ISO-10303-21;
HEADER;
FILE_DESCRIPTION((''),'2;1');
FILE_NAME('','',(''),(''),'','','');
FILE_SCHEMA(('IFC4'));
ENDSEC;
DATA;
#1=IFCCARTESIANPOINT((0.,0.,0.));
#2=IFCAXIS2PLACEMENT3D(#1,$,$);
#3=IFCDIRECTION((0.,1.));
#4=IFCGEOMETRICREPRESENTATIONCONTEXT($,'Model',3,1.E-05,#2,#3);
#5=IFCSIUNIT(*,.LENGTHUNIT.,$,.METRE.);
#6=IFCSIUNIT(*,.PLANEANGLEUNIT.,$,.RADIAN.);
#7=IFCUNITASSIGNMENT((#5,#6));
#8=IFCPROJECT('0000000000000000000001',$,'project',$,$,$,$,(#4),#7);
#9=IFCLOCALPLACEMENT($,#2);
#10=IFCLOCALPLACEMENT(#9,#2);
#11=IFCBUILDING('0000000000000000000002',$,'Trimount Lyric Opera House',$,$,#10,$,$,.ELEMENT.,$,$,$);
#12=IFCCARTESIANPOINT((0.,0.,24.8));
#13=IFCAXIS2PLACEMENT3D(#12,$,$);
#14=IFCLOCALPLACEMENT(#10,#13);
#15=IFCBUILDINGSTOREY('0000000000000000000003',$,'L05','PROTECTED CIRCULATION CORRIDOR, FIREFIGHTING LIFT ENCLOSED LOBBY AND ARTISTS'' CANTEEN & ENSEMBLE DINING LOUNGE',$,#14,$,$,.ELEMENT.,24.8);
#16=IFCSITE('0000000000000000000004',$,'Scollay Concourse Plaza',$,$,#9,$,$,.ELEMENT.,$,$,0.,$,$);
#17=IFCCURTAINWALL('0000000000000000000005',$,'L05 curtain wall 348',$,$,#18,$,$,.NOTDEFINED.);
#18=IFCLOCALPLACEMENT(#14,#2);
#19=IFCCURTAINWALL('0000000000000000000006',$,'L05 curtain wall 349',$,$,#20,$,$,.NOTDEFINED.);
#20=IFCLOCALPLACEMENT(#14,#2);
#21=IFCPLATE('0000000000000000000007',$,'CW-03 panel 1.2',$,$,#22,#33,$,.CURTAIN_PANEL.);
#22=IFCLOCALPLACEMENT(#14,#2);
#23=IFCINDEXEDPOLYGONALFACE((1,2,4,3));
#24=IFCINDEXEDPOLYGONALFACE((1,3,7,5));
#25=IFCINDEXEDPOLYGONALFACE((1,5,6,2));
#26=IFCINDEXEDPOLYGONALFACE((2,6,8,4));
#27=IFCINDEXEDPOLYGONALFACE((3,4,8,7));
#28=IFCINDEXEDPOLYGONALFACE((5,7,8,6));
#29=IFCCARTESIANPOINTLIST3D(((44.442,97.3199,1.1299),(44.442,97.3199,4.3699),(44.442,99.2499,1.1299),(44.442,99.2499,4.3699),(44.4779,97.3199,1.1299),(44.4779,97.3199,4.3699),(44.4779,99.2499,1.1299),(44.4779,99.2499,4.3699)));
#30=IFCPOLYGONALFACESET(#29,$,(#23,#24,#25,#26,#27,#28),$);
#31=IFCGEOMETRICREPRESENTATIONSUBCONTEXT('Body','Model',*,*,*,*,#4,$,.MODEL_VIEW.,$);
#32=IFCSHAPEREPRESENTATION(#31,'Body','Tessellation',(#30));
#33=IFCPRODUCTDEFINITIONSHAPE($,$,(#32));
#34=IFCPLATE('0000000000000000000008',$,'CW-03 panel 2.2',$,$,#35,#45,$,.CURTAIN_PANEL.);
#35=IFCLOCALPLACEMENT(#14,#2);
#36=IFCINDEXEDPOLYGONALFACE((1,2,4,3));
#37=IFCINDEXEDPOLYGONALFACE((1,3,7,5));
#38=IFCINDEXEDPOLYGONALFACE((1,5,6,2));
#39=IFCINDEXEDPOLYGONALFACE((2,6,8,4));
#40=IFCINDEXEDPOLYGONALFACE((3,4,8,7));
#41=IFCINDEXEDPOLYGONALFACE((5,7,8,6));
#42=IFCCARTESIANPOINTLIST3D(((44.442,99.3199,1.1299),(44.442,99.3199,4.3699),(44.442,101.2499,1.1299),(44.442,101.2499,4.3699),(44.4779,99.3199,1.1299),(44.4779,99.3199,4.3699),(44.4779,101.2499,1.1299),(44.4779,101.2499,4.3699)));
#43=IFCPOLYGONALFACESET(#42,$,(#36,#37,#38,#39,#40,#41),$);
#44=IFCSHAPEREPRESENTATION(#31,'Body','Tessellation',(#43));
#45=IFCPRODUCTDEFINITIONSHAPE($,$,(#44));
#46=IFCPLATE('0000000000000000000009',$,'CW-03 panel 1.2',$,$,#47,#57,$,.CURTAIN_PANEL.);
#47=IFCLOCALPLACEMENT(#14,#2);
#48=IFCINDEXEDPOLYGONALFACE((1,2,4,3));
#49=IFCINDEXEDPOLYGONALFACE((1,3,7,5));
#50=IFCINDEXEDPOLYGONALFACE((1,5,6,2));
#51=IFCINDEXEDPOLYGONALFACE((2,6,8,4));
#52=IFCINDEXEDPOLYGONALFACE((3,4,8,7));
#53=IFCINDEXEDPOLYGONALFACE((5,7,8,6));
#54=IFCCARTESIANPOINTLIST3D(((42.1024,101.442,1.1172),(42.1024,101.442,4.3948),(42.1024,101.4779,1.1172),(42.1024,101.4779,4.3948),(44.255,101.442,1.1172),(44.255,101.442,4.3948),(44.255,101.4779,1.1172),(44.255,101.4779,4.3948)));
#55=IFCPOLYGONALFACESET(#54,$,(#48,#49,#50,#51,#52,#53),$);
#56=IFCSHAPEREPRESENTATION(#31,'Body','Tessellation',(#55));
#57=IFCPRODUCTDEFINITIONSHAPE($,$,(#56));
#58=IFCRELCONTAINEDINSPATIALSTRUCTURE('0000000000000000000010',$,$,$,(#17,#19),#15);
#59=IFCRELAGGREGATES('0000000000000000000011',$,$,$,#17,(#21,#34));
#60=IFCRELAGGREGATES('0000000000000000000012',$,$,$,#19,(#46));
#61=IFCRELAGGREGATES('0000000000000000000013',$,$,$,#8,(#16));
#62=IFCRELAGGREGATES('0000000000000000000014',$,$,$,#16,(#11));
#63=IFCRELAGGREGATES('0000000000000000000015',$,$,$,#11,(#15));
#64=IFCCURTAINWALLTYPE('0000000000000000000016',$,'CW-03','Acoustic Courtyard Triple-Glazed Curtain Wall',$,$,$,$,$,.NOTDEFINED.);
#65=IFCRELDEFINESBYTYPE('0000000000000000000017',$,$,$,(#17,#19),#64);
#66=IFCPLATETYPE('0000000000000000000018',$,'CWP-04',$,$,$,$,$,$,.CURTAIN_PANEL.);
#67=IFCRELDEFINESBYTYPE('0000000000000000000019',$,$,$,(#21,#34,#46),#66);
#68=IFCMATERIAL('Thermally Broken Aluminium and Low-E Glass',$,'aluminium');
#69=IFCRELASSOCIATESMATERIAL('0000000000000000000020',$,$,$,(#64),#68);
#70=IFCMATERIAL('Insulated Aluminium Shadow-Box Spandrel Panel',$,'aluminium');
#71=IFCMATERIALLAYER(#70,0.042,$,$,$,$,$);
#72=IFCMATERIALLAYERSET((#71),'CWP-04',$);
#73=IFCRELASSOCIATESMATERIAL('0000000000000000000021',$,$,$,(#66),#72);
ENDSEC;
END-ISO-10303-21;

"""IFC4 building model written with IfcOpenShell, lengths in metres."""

from ifc_helpers import new_model, si_unit, direction, frame, origin, origin_2d, place, context, subcontext, project, spatial, rectangle, extrude, material, layer, layer_set, type_object, element, aggregate, save


model = new_model("IFC4")

# Units and contexts
model_context = context("Model", 3, precision=1e-05, world=origin(), true_north=direction((0.0, 1.0)))
body_context = subcontext(model_context, "Body", "Model", "MODEL_VIEW")
ifc_project = project(units=[si_unit("LENGTHUNIT", "METRE"), si_unit("PLANEANGLEUNIT", "RADIAN")], contexts=[model_context])

# Site, building, storey
site_placement = place(None, origin())
site = spatial("IfcSite", under=ifc_project, at=site_placement, Name="Scollay Concourse Plaza", CompositionType="ELEMENT", RefElevation=0.0)
building_placement = place(site_placement, origin())
building = spatial("IfcBuilding", under=site, at=building_placement, Name="Trimount Lyric Opera House", CompositionType="ELEMENT")
storey_placement = place(building_placement, frame((0.0, 0.0, 24.8)))
storey = spatial("IfcBuildingStorey", under=building, at=storey_placement, Name="L05", Description="PROTECTED CIRCULATION CORRIDOR, FIREFIGHTING LIFT ENCLOSED LOBBY AND ARTISTS' CANTEEN & ENSEMBLE DINING LOUNGE", CompositionType="ELEMENT", Elevation=24.8)

# Curtain walls
ifc_material_1 = material(Name="Thermally Broken Aluminium and Low-E Glass", Category="aluminium")
curtain_wall_type = type_object("IfcCurtainWallType", Name="CW-03", Description="Acoustic Courtyard Triple-Glazed Curtain Wall", PredefinedType="NOTDEFINED", material=ifc_material_1)
curtain_wall_1_placement = place(storey_placement, origin())
curtain_wall_1 = element("IfcCurtainWall", 1, at=curtain_wall_1_placement, inside=storey, type_object=curtain_wall_type, Name="L05 curtain wall 348", PredefinedType="NOTDEFINED")
curtain_wall_2_placement = place(storey_placement, origin())
curtain_wall_2 = element("IfcCurtainWall", 2, at=curtain_wall_2_placement, inside=storey, type_object=curtain_wall_type, Name="L05 curtain wall 349", PredefinedType="NOTDEFINED")

# Plates
ifc_material_2 = material(Name="Insulated Aluminium Shadow-Box Spandrel Panel", Category="aluminium")
ifc_layer_1 = layer(ifc_material_2, 0.042)
ifc_layer_set_1 = layer_set([ifc_layer_1], Name="CWP-04")
plate_type_1 = type_object("IfcPlateType", Name="CWP-04", PredefinedType="CURTAIN_PANEL", material=ifc_layer_set_1)
plate_1_placement = place(storey_placement, frame((44.46, 98.2849, 1.1299), z_axis=(0.0, 0.0, 1.0), x_axis=(0.0, 1.0, 0.0)))
plate_1 = element("IfcPlate", 3, at=plate_1_placement, type_object=plate_type_1, Name="CW-03 panel 1.2", PredefinedType="CURTAIN_PANEL", context=body_context, shape_type="SweptSolid", body=[
    extrude(rectangle(XDim=1.9299, YDim=0.0359, at=origin_2d()), origin(), (0.0, 0.0, 1.0), 3.24),
])
plate_2_placement = place(storey_placement, frame((44.46, 100.2849, 1.1299), z_axis=(0.0, 0.0, 1.0), x_axis=(0.0, 1.0, 0.0)))
plate_2 = element("IfcPlate", 4, at=plate_2_placement, type_object=plate_type_1, Name="CW-03 panel 2.2", PredefinedType="CURTAIN_PANEL", context=body_context, shape_type="SweptSolid", body=[
    extrude(rectangle(XDim=1.9299, YDim=0.0359, at=origin_2d()), origin(), (0.0, 0.0, 1.0), 3.24),
])
aggregate(curtain_wall_1, [plate_1, plate_2])
plate_3_placement = place(storey_placement, frame((43.1787, 101.46, 1.1172), z_axis=(0.0, 0.0, 1.0), x_axis=(-1.0, 0.0, 0.0)))
plate_3 = element("IfcPlate", 5, at=plate_3_placement, type_object=plate_type_1, Name="CW-03 panel 1.2", PredefinedType="CURTAIN_PANEL", context=body_context, shape_type="SweptSolid", body=[
    extrude(rectangle(XDim=2.1526, YDim=0.0359, at=origin_2d()), origin(), (0.0, 0.0, 1.0), 3.2776),
])
aggregate(curtain_wall_2, [plate_3])

save(model, "model.ifc")
